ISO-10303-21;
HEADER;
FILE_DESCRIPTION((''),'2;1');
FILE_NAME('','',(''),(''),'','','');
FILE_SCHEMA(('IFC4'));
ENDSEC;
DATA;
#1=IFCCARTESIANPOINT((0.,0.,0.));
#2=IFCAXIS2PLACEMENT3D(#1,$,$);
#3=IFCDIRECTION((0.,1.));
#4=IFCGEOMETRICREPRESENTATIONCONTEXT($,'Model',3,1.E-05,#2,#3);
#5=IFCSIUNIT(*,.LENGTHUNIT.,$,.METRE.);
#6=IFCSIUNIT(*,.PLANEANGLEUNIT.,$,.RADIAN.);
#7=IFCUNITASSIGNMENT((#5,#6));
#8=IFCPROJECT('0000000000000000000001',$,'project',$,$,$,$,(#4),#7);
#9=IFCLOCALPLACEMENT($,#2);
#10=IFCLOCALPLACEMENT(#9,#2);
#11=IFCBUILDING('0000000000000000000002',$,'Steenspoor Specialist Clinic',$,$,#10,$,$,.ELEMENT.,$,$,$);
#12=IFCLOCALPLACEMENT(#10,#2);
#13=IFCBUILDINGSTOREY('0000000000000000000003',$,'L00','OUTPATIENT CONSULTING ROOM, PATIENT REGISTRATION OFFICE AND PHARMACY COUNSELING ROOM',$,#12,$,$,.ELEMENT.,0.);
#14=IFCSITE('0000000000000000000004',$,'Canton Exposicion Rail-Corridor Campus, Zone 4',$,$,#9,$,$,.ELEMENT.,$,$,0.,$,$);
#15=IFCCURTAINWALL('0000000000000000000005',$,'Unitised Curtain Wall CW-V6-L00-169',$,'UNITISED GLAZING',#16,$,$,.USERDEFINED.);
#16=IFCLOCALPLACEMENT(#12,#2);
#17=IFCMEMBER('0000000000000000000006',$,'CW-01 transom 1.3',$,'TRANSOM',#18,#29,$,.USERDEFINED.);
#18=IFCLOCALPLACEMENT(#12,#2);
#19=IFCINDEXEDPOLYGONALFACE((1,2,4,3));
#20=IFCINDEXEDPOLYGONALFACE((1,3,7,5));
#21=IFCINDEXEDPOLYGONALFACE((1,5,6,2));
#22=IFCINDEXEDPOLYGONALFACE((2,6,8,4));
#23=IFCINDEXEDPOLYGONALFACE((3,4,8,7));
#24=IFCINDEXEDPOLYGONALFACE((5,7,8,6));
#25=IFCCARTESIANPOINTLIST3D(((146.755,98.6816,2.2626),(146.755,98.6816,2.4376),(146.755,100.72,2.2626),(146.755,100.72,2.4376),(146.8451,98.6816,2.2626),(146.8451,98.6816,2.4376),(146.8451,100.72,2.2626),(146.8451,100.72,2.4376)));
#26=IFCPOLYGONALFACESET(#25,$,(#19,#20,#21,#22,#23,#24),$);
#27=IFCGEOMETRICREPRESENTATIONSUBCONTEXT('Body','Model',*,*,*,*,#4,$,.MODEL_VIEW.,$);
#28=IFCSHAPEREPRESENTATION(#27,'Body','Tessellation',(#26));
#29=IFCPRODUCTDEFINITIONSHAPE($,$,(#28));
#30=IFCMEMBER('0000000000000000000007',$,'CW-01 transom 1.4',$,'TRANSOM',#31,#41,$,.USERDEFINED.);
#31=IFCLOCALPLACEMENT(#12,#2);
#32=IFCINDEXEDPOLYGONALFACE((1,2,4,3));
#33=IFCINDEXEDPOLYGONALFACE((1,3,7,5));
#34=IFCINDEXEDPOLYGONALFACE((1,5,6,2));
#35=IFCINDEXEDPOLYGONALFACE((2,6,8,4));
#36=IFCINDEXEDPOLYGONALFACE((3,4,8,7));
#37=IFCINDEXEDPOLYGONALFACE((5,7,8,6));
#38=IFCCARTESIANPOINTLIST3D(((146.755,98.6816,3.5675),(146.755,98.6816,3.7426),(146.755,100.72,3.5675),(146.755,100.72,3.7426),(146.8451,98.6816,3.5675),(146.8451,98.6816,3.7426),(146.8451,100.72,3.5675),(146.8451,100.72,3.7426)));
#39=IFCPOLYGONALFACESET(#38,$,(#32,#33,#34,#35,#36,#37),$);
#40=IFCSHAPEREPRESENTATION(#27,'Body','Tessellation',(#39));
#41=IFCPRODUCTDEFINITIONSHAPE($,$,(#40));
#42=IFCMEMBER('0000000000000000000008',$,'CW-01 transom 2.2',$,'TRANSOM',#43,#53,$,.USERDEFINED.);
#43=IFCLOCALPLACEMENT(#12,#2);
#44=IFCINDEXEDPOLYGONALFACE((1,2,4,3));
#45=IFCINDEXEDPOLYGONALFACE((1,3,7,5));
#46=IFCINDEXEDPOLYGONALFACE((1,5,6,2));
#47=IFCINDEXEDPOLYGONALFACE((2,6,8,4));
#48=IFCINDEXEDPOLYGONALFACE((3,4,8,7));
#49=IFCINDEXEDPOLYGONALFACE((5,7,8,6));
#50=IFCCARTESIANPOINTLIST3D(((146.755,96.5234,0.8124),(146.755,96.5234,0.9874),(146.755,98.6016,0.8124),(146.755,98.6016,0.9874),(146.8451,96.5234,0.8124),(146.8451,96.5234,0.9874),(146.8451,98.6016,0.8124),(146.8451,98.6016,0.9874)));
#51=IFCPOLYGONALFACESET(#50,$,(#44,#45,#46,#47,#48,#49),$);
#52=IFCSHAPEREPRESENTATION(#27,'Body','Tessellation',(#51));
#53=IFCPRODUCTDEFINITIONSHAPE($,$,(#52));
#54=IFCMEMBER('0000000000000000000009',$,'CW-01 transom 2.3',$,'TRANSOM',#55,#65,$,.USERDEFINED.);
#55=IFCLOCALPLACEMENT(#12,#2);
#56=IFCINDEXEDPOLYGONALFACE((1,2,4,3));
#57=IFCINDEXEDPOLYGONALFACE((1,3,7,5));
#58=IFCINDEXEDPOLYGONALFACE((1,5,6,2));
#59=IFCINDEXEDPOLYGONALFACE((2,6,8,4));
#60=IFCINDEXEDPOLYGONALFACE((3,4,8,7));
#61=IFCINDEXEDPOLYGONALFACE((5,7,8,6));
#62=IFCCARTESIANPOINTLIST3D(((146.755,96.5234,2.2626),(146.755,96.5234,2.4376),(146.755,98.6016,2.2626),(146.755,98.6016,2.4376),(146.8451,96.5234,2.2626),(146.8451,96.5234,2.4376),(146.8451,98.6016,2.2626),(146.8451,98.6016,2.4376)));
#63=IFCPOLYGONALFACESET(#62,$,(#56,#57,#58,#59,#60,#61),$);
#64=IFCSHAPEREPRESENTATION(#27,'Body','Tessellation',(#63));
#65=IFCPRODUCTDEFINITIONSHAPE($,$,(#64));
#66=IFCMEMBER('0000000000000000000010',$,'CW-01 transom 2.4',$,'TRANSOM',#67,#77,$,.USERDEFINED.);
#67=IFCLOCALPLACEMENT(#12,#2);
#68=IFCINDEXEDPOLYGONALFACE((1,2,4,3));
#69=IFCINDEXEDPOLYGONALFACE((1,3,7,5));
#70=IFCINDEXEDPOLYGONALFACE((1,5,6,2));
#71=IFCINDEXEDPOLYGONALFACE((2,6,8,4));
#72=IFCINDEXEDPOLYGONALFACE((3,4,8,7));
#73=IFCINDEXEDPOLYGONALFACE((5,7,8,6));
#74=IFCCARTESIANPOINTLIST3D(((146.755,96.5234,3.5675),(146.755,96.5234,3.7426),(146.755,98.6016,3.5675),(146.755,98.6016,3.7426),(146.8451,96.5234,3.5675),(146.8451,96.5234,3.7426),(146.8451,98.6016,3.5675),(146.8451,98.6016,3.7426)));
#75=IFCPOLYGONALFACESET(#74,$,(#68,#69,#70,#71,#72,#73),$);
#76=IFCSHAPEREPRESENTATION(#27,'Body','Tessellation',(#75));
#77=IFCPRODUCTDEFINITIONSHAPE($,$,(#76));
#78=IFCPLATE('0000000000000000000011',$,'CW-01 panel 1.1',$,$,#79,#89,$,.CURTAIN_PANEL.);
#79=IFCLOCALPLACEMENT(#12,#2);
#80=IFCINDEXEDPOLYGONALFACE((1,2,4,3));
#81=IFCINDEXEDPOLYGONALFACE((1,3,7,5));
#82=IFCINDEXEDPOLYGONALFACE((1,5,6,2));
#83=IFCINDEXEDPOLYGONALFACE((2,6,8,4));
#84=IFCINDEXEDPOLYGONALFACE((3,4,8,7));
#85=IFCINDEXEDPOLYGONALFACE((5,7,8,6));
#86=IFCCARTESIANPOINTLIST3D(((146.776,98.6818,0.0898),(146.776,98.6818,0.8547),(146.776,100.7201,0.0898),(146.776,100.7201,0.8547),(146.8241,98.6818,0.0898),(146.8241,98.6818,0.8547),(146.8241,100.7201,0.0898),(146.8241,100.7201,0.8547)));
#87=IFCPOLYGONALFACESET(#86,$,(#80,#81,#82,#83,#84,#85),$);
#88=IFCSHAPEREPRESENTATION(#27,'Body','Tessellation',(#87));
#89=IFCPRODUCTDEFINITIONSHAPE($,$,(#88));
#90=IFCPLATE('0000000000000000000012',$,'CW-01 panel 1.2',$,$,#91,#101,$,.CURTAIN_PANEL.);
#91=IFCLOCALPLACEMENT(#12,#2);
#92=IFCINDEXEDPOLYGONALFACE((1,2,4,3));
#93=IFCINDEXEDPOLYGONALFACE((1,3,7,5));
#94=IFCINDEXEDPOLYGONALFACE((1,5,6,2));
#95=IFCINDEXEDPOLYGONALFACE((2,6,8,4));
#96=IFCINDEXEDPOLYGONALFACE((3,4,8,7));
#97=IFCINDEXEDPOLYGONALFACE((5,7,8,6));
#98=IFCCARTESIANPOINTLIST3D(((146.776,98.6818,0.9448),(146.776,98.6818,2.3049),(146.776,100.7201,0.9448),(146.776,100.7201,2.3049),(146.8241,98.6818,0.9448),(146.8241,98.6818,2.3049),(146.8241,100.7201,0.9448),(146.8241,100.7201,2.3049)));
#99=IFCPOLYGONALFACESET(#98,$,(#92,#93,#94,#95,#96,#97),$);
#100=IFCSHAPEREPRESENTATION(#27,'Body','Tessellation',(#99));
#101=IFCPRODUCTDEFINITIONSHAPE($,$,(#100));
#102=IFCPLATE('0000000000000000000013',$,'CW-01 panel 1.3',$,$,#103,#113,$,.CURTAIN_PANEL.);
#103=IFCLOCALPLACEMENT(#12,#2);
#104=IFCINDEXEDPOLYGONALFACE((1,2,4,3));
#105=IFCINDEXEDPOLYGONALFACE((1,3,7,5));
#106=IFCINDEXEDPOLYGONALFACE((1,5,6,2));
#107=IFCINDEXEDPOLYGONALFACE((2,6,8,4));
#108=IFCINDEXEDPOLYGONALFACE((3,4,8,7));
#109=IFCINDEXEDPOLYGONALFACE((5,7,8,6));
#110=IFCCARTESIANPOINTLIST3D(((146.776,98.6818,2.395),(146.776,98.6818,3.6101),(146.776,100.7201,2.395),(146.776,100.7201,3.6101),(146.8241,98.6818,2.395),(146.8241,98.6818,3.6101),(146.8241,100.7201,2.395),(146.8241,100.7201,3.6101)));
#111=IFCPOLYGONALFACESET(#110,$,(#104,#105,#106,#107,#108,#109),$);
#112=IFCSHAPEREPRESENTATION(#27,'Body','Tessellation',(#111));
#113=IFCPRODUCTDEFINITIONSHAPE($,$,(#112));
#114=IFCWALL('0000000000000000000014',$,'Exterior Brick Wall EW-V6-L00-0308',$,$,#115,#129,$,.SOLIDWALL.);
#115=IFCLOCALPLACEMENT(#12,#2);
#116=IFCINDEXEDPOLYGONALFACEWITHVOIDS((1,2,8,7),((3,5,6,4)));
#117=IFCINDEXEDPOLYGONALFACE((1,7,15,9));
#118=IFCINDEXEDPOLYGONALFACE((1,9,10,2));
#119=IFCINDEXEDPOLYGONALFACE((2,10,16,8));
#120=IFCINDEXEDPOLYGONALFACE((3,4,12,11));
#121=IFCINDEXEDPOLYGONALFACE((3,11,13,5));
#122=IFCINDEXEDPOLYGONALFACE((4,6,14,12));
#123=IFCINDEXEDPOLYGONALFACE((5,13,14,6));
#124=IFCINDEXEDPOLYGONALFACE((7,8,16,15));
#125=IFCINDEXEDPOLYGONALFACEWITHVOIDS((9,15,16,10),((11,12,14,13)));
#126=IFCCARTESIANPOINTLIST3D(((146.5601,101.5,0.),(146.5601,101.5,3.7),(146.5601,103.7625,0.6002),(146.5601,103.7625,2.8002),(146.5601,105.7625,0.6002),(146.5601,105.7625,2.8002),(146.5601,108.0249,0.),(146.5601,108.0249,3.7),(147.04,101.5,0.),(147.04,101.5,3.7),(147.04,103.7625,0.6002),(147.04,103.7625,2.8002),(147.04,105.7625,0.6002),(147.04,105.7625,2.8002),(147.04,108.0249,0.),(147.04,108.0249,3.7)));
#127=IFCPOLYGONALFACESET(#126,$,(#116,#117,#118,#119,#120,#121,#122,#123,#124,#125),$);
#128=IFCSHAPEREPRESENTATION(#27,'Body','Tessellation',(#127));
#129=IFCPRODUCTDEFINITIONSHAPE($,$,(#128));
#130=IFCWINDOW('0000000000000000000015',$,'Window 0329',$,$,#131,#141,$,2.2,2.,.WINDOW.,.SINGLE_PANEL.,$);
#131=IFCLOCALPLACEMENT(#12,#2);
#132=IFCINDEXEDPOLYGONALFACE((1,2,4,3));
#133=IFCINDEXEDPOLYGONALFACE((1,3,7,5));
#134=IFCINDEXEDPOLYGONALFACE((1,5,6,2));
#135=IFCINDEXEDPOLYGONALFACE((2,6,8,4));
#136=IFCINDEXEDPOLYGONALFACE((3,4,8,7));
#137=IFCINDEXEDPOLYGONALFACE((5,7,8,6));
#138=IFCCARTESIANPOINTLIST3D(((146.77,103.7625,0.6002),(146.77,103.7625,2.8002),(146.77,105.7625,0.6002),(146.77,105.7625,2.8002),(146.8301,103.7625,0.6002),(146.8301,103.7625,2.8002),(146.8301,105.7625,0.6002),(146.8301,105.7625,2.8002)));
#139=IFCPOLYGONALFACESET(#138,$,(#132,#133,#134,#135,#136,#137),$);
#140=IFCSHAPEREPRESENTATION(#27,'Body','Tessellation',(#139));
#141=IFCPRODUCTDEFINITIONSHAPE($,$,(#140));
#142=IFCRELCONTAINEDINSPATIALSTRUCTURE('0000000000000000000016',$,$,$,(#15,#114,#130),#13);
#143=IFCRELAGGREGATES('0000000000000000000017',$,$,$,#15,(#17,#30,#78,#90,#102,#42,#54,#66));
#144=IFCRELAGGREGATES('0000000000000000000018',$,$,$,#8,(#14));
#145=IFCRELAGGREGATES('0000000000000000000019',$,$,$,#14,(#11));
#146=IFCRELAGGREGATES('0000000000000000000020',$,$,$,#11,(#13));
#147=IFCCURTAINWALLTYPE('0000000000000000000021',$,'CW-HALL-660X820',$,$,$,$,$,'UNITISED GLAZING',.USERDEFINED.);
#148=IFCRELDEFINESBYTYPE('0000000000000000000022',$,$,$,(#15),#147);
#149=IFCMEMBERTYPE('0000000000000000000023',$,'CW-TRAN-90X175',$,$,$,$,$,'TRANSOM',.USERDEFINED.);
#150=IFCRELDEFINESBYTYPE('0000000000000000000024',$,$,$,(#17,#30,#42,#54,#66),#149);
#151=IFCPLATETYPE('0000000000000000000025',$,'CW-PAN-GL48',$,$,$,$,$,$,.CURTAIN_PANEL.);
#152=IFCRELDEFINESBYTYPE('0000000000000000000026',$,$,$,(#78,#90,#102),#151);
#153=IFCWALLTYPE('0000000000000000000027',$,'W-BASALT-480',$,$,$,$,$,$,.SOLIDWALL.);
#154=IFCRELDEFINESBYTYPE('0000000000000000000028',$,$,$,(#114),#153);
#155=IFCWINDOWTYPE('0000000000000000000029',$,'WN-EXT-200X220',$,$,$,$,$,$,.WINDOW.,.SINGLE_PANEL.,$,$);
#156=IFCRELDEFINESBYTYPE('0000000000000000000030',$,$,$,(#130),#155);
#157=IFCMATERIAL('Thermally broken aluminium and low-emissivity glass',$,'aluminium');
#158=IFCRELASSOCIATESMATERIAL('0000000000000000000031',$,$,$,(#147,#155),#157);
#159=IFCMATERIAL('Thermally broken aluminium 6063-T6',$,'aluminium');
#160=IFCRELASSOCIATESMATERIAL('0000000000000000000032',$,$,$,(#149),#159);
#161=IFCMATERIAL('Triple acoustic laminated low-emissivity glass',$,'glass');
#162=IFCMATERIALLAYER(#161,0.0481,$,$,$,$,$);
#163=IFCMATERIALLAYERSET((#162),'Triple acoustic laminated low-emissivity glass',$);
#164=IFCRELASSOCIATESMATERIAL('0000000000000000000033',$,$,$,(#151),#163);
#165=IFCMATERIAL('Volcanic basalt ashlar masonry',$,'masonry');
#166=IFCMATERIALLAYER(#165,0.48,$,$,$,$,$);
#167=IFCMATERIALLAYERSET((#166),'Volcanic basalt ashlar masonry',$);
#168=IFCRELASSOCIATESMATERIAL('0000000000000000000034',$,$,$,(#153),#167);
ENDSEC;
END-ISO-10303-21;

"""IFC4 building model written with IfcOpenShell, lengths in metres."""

from ifc_helpers import new_model, si_unit, direction, frame, frame_2d, origin, origin_2d, place, context, subcontext, project, spatial, rectangle, extrude, material, layer, layer_set, material_profile, profile_set, type_object, element, fill, aggregate, save


model = new_model("IFC4")

# Units and contexts
model_context = context("Model", 3, precision=1e-05, world=origin(), true_north=direction((0.0, 1.0)))
body_context = subcontext(model_context, "Body", "Model", "MODEL_VIEW")
ifc_project = project(units=[si_unit("LENGTHUNIT", "METRE"), si_unit("PLANEANGLEUNIT", "RADIAN")], contexts=[model_context])

# Site, building, storey
site_placement = place(None, origin())
site = spatial("IfcSite", under=ifc_project, at=site_placement, Name="Canton Exposicion Rail-Corridor Campus, Zone 4", CompositionType="ELEMENT", RefElevation=0.0)
building_placement = place(site_placement, origin())
building = spatial("IfcBuilding", under=site, at=building_placement, Name="Steenspoor Specialist Clinic", CompositionType="ELEMENT")
storey_placement = place(building_placement, origin())
storey = spatial("IfcBuildingStorey", under=building, at=storey_placement, Name="L00", Description="OUTPATIENT CONSULTING ROOM, PATIENT REGISTRATION OFFICE AND PHARMACY COUNSELING ROOM", CompositionType="ELEMENT", Elevation=0.0)

# Curtain wall, members, plates
ifc_material_1 = material(Name="Thermally broken aluminium and low-emissivity glass", Category="aluminium")
curtain_wall_type = type_object("IfcCurtainWallType", Name="CW-HALL-660X820", ElementType="UNITISED GLAZING", PredefinedType="USERDEFINED", material=ifc_material_1)
curtain_wall_placement = place(storey_placement, origin())
curtain_wall = element("IfcCurtainWall", 1, at=curtain_wall_placement, inside=storey, type_object=curtain_wall_type, Name="Unitised Curtain Wall CW-V6-L00-169", ObjectType="UNITISED GLAZING", PredefinedType="USERDEFINED")
ifc_material_2 = material(Name="Thermally broken aluminium 6063-T6", Category="aluminium")
ifc_material_profile_1 = material_profile(ifc_material_2, rectangle(XDim=0.0901, YDim=0.175, at=origin_2d()), Name="CWT-90X175")
ifc_profile_set_1 = profile_set([ifc_material_profile_1], Name="Thermally broken aluminium 6063-T6")
member_type_1 = type_object("IfcMemberType", Name="CW-TRAN-90X175", ElementType="TRANSOM", PredefinedType="USERDEFINED", material=ifc_profile_set_1)
member_1_placement = place(storey_placement, frame((146.8, 100.72, 2.3501), z_axis=(0.0, -1.0, 0.0), x_axis=(1.0, 0.0, 0.0)))
member_1 = element("IfcMember", 2, at=member_1_placement, type_object=member_type_1, Name="CW-01 transom 1.3", ObjectType="TRANSOM", PredefinedType="USERDEFINED", context=body_context, shape_type="SweptSolid", body=[
    extrude(rectangle(XDim=0.0901, YDim=0.175, at=origin_2d()), origin(), (0.0, 0.0, 1.0), 2.0383),
])
member_2_placement = place(storey_placement, frame((146.8, 100.72, 3.655), z_axis=(0.0, -1.0, 0.0), x_axis=(1.0, 0.0, 0.0)))
member_2 = element("IfcMember", 3, at=member_2_placement, type_object=member_type_1, Name="CW-01 transom 1.4", ObjectType="TRANSOM", PredefinedType="USERDEFINED", context=body_context, shape_type="SweptSolid", body=[
    extrude(rectangle(XDim=0.0901, YDim=0.175, at=origin_2d()), origin(), (0.0, 0.0, 1.0), 2.0383),
])
member_3_placement = place(storey_placement, frame((146.8, 98.6016, 0.8999), z_axis=(0.0, -1.0, 0.0), x_axis=(1.0, 0.0, 0.0)))
member_3 = element("IfcMember", 4, at=member_3_placement, type_object=member_type_1, Name="CW-01 transom 2.2", ObjectType="TRANSOM", PredefinedType="USERDEFINED", context=body_context, shape_type="SweptSolid", body=[
    extrude(rectangle(XDim=0.0901, YDim=0.175, at=origin_2d()), origin(), (0.0, 0.0, 1.0), 2.0781),
])
member_4_placement = place(storey_placement, frame((146.8, 98.6016, 2.3501), z_axis=(0.0, -1.0, 0.0), x_axis=(1.0, 0.0, 0.0)))
member_4 = element("IfcMember", 5, at=member_4_placement, type_object=member_type_1, Name="CW-01 transom 2.3", ObjectType="TRANSOM", PredefinedType="USERDEFINED", context=body_context, shape_type="SweptSolid", body=[
    extrude(rectangle(XDim=0.0901, YDim=0.175, at=origin_2d()), origin(), (0.0, 0.0, 1.0), 2.0781),
])
member_5_placement = place(storey_placement, frame((146.8, 98.6016, 3.655), z_axis=(0.0, -1.0, 0.0), x_axis=(1.0, 0.0, 0.0)))
member_5 = element("IfcMember", 6, at=member_5_placement, type_object=member_type_1, Name="CW-01 transom 2.4", ObjectType="TRANSOM", PredefinedType="USERDEFINED", context=body_context, shape_type="SweptSolid", body=[
    extrude(rectangle(XDim=0.0901, YDim=0.175, at=origin_2d()), origin(), (0.0, 0.0, 1.0), 2.0781),
])
ifc_material_3 = material(Name="Triple acoustic laminated low-emissivity glass", Category="glass")
ifc_layer_1 = layer(ifc_material_3, 0.0481)
ifc_layer_set_1 = layer_set([ifc_layer_1], Name="Triple acoustic laminated low-emissivity glass")
plate_type = type_object("IfcPlateType", Name="CW-PAN-GL48", PredefinedType="CURTAIN_PANEL", material=ifc_layer_set_1)
plate_1_placement = place(storey_placement, frame((146.8, 99.7009, 0.0898), z_axis=(0.0, 0.0, 1.0), x_axis=(0.0, -1.0, 0.0)))
plate_1 = element("IfcPlate", 7, at=plate_1_placement, type_object=plate_type, Name="CW-01 panel 1.1", PredefinedType="CURTAIN_PANEL", context=body_context, shape_type="SweptSolid", body=[
    extrude(rectangle(XDim=2.0383, YDim=0.0481, at=origin_2d()), origin(), (0.0, 0.0, 1.0), 0.7649),
])
plate_2_placement = place(storey_placement, frame((146.8, 99.7009, 0.9448), z_axis=(0.0, 0.0, 1.0), x_axis=(0.0, -1.0, 0.0)))
plate_2 = element("IfcPlate", 8, at=plate_2_placement, type_object=plate_type, Name="CW-01 panel 1.2", PredefinedType="CURTAIN_PANEL", context=body_context, shape_type="SweptSolid", body=[
    extrude(rectangle(XDim=2.0383, YDim=0.0481, at=origin_2d()), origin(), (0.0, 0.0, 1.0), 1.3601),
])
plate_3_placement = place(storey_placement, frame((146.8, 99.7009, 2.395), z_axis=(0.0, 0.0, 1.0), x_axis=(0.0, -1.0, 0.0)))
plate_3 = element("IfcPlate", 9, at=plate_3_placement, type_object=plate_type, Name="CW-01 panel 1.3", PredefinedType="CURTAIN_PANEL", context=body_context, shape_type="SweptSolid", body=[
    extrude(rectangle(XDim=2.0383, YDim=0.0481, at=origin_2d()), origin(), (0.0, 0.0, 1.0), 1.2151),
])
aggregate(curtain_wall, [member_1, member_2, plate_1, plate_2, plate_3, member_3, member_4, member_5])

# Wall, opening, window
ifc_material_4 = material(Name="Volcanic basalt ashlar masonry", Category="masonry")
ifc_layer_2 = layer(ifc_material_4, 0.48)
ifc_layer_set_2 = layer_set([ifc_layer_2], Name="Volcanic basalt ashlar masonry")
wall_type = type_object("IfcWallType", Name="W-BASALT-480", PredefinedType="SOLIDWALL", material=ifc_layer_set_2)
wall_placement = place(storey_placement, frame((146.8, 108.0249, 0.0), z_axis=(0.0, 0.0, 1.0), x_axis=(0.0, -1.0, 0.0)))
wall = element("IfcWall", 10, at=wall_placement, inside=storey, type_object=wall_type, Name="Exterior Brick Wall EW-V6-L00-0308", PredefinedType="SOLIDWALL", context=body_context, shape_type="SweptSolid", body=[
    extrude(rectangle(XDim=6.5249, YDim=0.48, at=frame_2d((3.2625, 0.0))), origin(), (0.0, 0.0, 1.0), 3.7),
])
opening_placement = place(wall_placement, frame((2.2625, 0.0, 0.6001)))
opening = element("IfcOpeningElement", 11, at=opening_placement, cuts=wall, PredefinedType="OPENING", context=body_context, shape_type="SweptSolid", body=[
    extrude(rectangle(XDim=2.0, YDim=2.2, at=frame_2d((1.0, 1.1001))), frame((0.0, 0.25, 0.0), z_axis=(0.0, -1.0, 0.0), x_axis=(1.0, 0.0, 0.0)), (0.0, 0.0, 1.0), 0.5),
])
window_type = type_object("IfcWindowType", Name="WN-EXT-200X220", PartitioningType="SINGLE_PANEL", PredefinedType="WINDOW", material=ifc_material_1)
window_placement = place(opening_placement, origin())
window = element("IfcWindow", 12, at=window_placement, inside=storey, type_object=window_type, Name="Window 0329", OverallHeight=2.2, OverallWidth=2.0, PartitioningType="SINGLE_PANEL", PredefinedType="WINDOW", context=body_context, shape_type="SweptSolid", body=[
    extrude(rectangle(XDim=2.0, YDim=2.2, at=frame_2d((1.0, 1.1001))), frame((0.0, 0.03, 0.0), z_axis=(0.0, -1.0, 0.0), x_axis=(1.0, 0.0, 0.0)), (0.0, 0.0, 1.0), 0.0601),
])
fill(opening, window)

save(model, "model.ifc")
